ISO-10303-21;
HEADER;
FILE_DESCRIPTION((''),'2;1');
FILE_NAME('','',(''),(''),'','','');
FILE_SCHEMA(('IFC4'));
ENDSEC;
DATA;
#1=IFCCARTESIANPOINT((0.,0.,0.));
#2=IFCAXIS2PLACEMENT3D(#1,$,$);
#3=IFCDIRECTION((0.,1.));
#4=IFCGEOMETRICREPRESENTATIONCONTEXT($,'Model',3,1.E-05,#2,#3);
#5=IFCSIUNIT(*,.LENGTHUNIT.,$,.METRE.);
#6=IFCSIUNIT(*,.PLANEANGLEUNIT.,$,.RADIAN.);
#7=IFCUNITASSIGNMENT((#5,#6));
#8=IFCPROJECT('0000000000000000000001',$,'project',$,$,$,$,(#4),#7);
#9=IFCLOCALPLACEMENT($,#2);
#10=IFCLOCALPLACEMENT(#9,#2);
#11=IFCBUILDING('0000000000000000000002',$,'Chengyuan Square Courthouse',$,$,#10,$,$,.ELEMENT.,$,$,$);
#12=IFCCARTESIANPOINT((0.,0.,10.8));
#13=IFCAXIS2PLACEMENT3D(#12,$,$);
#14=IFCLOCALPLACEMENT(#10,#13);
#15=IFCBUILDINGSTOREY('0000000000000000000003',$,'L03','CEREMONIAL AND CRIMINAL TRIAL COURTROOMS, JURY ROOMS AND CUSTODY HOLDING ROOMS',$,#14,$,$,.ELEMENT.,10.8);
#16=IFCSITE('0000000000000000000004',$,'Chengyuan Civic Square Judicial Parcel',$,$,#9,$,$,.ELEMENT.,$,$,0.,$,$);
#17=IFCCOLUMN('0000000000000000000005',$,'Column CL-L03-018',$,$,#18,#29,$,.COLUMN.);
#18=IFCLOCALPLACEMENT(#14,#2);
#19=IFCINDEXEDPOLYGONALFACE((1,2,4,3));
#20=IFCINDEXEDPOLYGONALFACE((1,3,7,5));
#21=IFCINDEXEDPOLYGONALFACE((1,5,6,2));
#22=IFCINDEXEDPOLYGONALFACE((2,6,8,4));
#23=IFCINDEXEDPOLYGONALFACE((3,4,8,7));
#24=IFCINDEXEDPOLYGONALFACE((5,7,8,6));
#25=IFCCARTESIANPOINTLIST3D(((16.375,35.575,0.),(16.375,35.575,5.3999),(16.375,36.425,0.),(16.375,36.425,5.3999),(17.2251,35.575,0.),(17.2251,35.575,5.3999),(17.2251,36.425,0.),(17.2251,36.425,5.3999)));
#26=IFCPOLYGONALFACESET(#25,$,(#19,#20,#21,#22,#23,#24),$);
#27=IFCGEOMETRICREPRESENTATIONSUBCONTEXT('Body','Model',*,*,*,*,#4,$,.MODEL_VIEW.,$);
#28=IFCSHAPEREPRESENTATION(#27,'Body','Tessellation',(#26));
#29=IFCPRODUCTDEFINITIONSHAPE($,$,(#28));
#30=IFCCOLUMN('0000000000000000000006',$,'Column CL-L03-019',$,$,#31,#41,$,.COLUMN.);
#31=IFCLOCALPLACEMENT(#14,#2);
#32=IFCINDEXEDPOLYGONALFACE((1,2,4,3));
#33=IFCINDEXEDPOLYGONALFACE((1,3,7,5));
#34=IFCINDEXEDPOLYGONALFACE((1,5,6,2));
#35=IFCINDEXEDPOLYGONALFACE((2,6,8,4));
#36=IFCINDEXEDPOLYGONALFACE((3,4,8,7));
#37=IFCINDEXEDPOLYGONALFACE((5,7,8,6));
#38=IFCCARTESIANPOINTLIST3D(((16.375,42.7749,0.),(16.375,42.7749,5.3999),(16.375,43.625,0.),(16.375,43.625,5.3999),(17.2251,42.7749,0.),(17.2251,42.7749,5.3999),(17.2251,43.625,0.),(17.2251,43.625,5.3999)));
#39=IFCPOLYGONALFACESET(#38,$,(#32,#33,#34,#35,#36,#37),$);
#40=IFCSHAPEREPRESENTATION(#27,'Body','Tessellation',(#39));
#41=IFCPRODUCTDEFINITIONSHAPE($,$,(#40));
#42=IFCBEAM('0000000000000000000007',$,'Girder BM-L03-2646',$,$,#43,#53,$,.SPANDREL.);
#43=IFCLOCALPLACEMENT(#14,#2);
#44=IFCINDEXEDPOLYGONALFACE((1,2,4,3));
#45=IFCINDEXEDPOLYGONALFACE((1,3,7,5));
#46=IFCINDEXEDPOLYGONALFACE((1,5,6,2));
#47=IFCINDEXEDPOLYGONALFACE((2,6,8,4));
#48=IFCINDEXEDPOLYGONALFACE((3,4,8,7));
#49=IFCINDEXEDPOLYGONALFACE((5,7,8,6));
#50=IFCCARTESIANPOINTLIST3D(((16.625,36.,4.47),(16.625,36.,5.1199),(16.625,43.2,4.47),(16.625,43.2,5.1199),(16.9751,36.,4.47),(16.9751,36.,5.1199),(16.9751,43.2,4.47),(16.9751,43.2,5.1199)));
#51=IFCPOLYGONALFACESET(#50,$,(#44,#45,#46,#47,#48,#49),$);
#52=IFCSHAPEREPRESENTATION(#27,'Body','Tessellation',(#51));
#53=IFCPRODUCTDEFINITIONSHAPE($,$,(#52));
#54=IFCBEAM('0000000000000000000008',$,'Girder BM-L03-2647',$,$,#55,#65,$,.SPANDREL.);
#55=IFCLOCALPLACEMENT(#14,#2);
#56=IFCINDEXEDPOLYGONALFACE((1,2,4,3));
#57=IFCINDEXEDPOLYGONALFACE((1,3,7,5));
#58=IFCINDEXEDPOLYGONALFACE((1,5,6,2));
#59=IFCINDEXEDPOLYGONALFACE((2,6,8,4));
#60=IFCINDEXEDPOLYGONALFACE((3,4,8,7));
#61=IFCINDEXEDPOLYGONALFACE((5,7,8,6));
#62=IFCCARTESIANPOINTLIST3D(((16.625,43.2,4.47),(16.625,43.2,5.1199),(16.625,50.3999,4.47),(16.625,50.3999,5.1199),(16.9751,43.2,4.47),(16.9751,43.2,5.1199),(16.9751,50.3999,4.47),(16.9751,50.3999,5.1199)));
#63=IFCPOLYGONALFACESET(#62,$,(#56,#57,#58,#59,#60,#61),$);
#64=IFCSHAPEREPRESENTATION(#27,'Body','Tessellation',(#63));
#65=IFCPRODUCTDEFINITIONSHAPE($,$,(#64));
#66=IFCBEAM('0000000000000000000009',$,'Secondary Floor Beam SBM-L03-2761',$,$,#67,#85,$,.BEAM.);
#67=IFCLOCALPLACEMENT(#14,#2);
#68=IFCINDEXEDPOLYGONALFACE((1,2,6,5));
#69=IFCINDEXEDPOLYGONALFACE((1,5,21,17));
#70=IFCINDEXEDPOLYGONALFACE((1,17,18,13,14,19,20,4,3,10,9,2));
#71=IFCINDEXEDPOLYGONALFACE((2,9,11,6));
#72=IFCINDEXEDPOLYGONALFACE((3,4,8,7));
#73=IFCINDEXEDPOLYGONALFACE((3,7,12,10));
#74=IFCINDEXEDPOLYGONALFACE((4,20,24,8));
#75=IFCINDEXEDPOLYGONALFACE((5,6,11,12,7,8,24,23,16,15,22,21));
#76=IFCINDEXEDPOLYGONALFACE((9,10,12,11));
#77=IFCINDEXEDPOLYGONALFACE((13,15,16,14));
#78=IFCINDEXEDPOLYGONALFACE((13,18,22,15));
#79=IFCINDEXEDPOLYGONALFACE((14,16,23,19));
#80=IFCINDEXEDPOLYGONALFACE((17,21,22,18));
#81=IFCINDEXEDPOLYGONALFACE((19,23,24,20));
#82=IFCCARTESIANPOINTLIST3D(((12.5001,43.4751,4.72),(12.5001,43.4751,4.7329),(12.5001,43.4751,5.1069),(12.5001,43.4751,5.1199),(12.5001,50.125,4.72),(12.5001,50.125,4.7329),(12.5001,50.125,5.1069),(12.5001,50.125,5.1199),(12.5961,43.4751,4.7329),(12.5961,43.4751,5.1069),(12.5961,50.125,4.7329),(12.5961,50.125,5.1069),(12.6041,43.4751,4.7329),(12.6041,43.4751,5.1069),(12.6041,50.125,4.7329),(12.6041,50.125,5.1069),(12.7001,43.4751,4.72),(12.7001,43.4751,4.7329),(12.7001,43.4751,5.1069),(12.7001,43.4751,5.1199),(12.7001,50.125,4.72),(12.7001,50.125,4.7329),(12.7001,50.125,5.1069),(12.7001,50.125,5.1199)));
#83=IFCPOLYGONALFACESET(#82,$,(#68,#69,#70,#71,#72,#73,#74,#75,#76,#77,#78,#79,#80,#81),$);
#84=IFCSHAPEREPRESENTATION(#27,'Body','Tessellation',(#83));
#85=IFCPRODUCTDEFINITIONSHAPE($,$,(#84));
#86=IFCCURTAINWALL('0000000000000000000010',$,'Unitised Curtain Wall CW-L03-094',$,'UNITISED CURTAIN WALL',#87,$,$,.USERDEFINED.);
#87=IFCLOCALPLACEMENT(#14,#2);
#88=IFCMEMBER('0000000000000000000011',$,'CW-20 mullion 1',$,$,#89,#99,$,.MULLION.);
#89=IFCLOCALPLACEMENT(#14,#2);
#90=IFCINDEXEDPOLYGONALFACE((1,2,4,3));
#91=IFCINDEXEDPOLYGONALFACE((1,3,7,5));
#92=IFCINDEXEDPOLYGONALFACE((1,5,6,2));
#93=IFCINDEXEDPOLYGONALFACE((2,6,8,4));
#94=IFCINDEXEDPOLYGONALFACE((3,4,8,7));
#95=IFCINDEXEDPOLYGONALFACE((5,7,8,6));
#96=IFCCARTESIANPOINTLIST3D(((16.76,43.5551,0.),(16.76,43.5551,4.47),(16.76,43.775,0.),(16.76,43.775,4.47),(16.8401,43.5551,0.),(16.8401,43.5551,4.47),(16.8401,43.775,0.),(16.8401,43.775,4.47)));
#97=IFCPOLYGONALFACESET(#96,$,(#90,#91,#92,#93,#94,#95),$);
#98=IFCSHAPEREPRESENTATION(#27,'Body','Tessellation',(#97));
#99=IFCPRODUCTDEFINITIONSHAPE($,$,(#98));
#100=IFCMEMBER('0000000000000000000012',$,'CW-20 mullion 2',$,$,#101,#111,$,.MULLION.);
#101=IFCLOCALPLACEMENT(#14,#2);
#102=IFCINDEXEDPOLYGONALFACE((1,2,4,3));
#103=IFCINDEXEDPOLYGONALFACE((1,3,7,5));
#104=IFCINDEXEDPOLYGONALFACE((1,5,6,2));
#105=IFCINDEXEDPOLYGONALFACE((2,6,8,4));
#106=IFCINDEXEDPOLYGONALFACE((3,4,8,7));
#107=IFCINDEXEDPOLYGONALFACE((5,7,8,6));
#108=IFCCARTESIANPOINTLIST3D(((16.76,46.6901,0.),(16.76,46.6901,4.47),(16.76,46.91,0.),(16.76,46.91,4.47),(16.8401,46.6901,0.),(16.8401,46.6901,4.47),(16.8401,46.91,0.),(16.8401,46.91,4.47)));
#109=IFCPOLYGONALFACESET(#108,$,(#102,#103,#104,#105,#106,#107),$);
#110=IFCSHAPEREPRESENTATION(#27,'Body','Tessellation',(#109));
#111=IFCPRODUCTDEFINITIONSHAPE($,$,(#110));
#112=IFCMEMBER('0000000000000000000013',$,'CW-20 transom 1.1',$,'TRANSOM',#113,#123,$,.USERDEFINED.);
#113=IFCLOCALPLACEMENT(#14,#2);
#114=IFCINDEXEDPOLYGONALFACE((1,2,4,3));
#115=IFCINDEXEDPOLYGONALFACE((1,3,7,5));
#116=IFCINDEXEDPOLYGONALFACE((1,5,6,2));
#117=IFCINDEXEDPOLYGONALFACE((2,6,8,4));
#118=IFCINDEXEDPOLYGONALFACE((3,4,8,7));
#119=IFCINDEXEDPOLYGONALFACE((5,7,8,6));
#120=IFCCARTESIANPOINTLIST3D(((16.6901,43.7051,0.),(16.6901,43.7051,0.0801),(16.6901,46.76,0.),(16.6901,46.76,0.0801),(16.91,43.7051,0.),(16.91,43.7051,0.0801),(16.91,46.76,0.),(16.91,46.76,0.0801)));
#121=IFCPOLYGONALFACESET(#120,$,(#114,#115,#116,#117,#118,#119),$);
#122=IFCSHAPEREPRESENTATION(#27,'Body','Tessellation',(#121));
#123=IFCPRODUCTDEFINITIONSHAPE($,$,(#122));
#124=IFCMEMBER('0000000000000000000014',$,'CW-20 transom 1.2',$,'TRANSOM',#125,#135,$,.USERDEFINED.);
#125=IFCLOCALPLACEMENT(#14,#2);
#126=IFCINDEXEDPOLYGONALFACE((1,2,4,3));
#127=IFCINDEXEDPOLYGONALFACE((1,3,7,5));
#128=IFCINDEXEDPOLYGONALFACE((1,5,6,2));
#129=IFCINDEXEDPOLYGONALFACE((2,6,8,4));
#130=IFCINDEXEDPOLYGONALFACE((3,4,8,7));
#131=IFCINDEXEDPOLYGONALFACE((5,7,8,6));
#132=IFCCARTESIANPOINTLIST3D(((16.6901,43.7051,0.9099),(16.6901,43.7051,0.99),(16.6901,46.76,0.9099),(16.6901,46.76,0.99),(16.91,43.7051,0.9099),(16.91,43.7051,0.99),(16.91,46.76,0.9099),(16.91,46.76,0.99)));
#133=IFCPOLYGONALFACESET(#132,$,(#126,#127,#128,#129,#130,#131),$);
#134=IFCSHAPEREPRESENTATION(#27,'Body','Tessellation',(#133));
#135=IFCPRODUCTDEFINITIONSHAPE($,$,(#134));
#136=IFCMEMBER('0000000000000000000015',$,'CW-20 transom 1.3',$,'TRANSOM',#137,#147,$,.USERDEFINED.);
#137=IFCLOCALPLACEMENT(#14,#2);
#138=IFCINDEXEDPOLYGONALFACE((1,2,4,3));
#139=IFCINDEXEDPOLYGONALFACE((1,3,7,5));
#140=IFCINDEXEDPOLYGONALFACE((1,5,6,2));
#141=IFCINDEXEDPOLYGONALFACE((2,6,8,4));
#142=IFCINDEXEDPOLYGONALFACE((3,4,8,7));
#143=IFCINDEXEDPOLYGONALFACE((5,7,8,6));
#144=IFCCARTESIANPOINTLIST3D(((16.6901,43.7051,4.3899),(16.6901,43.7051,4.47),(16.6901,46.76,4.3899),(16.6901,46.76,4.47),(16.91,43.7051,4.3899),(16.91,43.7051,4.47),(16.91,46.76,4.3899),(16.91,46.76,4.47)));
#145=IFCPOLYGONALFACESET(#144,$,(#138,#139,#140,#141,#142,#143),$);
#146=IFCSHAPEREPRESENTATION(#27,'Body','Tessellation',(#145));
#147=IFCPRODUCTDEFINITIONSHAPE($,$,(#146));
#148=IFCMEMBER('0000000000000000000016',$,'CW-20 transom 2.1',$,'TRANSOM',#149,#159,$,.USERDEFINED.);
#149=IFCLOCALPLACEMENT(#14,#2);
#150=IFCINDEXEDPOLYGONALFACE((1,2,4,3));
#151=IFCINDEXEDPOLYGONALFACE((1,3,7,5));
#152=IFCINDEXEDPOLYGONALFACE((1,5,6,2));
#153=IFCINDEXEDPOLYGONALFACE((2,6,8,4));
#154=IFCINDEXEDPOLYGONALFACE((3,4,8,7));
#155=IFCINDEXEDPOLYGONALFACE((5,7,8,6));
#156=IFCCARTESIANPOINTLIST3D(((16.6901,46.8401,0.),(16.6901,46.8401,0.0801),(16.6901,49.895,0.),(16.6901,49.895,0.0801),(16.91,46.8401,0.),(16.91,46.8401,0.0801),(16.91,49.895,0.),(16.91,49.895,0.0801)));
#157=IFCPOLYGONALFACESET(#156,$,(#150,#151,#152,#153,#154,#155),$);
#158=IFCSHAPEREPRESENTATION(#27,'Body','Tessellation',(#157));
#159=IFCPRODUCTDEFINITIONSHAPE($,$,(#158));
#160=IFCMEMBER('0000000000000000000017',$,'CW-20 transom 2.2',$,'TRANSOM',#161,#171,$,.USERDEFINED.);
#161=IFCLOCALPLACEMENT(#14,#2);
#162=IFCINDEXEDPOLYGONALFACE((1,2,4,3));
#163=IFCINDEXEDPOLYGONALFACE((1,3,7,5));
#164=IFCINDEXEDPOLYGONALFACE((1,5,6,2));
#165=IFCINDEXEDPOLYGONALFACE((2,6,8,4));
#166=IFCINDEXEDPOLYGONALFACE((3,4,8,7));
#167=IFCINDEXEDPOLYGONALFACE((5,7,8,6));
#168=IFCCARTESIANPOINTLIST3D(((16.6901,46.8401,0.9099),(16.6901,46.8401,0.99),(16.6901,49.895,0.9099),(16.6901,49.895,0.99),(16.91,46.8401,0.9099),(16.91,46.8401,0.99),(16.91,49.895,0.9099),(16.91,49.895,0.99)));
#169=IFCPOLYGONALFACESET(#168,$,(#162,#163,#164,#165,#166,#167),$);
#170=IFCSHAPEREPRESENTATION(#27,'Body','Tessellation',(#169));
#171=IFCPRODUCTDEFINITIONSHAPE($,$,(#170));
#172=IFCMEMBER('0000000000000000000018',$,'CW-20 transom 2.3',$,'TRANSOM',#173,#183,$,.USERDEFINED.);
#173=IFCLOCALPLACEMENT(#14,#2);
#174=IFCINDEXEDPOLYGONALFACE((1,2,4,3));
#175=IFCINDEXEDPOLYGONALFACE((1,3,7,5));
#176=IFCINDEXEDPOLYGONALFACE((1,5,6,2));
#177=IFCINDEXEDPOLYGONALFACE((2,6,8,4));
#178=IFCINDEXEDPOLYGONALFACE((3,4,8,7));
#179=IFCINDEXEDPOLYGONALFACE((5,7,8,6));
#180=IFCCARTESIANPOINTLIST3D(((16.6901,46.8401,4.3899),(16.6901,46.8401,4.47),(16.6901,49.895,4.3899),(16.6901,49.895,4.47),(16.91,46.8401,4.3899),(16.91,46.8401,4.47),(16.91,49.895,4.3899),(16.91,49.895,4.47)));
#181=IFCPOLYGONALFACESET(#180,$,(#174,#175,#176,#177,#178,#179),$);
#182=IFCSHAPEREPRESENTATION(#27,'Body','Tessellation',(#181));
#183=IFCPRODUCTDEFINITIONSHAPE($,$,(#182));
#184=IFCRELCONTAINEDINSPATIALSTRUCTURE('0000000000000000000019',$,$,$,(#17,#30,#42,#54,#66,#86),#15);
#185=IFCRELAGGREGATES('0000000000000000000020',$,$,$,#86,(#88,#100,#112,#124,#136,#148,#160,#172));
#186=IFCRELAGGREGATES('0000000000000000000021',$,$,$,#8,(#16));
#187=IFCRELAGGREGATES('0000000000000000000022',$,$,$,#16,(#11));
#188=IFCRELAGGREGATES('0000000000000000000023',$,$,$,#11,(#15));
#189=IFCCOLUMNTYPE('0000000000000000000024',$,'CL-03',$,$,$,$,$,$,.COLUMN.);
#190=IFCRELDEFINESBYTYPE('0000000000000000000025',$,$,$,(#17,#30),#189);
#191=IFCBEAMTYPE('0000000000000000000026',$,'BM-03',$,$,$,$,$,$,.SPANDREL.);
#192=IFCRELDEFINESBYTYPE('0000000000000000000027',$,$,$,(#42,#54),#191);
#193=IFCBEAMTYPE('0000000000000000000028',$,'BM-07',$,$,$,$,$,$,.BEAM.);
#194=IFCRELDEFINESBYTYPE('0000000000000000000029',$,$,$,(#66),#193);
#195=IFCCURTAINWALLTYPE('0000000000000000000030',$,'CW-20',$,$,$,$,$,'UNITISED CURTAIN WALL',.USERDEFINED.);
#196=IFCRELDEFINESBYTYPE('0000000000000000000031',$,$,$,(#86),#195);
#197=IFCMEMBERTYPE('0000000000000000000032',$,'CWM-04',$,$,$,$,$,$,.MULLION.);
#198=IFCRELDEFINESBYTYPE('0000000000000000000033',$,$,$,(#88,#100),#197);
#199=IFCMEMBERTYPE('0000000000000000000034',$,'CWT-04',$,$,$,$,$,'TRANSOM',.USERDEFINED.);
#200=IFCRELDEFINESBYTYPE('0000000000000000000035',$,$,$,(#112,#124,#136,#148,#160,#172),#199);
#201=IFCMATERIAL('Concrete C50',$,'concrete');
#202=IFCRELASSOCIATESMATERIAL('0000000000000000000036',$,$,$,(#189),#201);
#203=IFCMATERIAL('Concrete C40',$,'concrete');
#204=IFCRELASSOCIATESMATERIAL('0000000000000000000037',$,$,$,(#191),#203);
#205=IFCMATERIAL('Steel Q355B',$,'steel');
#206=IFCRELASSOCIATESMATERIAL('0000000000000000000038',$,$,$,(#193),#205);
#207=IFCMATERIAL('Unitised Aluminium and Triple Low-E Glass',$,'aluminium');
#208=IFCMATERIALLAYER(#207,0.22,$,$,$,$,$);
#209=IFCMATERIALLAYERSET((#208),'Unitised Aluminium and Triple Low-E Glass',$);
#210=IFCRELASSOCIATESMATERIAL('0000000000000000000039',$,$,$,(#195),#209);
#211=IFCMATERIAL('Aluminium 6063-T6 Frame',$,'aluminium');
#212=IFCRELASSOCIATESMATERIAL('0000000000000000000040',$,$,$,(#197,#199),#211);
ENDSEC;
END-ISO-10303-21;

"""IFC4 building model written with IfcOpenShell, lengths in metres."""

from ifc_helpers import new_model, si_unit, direction, frame, origin, origin_2d, place, context, subcontext, project, spatial, rectangle, i_section, extrude, material, layer, layer_set, material_profile, profile_set, type_object, element, aggregate, save


model = new_model("IFC4")

# Units and contexts
model_context = context("Model", 3, precision=1e-05, world=origin(), true_north=direction((0.0, 1.0)))
body_context = subcontext(model_context, "Body", "Model", "MODEL_VIEW")
ifc_project = project(units=[si_unit("LENGTHUNIT", "METRE"), si_unit("PLANEANGLEUNIT", "RADIAN")], contexts=[model_context])

# Site, building, storey
site_placement = place(None, origin())
site = spatial("IfcSite", under=ifc_project, at=site_placement, Name="Chengyuan Civic Square Judicial Parcel", CompositionType="ELEMENT", RefElevation=0.0)
building_placement = place(site_placement, origin())
building = spatial("IfcBuilding", under=site, at=building_placement, Name="Chengyuan Square Courthouse", CompositionType="ELEMENT")
storey_placement = place(building_placement, frame((0.0, 0.0, 10.8)))
storey = spatial("IfcBuildingStorey", under=building, at=storey_placement, Name="L03", Description="CEREMONIAL AND CRIMINAL TRIAL COURTROOMS, JURY ROOMS AND CUSTODY HOLDING ROOMS", CompositionType="ELEMENT", Elevation=10.8)

# Columns
ifc_material_1 = material(Name="Concrete C50", Category="concrete")
ifc_material_profile_1 = material_profile(ifc_material_1, rectangle(XDim=0.8501, YDim=0.8501, at=origin_2d()), Name="RC-COL-850x850")
ifc_profile_set_1 = profile_set([ifc_material_profile_1], Name="Concrete C50")
column_type = type_object("IfcColumnType", Name="CL-03", PredefinedType="COLUMN", material=ifc_profile_set_1)
for number, where, z_axis, x_axis, name in (
    (1, (16.8, 36.0, 0.0), (0.0, 0.0, 1.0), (1.0, 0.0, 0.0), "Column CL-L03-018"),
    (2, (16.8, 43.2, 0.0), (0.0, 0.0, 1.0), (1.0, 0.0, 0.0), "Column CL-L03-019"),
):
    element("IfcColumn", number, at=place(storey_placement, frame(where, z_axis=z_axis, x_axis=x_axis)), inside=storey, type_object=column_type, Name=name, PredefinedType="COLUMN", context=body_context, shape_type="SweptSolid", body=[
        extrude(rectangle(XDim=0.8501, YDim=0.8501, at=origin_2d()), origin(), (0.0, 0.0, 1.0), 5.3999),
    ])

# Beams
ifc_material_2 = material(Name="Concrete C40", Category="concrete")
ifc_material_profile_2 = material_profile(ifc_material_2, rectangle(XDim=0.3501, YDim=0.6499, at=origin_2d()), Name="RC-BM-350x650")
ifc_profile_set_2 = profile_set([ifc_material_profile_2], Name="Concrete C40")
beam_type_1 = type_object("IfcBeamType", Name="BM-03", PredefinedType="SPANDREL", material=ifc_profile_set_2)
for number, where, z_axis, x_axis, name in (
    (3, (16.8, 36.0, 4.7949), (0.0, 1.0, 0.0), (-1.0, 0.0, 0.0), "Girder BM-L03-2646"),
    (4, (16.8, 43.2, 4.7949), (0.0, 1.0, 0.0), (-1.0, 0.0, 0.0), "Girder BM-L03-2647"),
):
    element("IfcBeam", number, at=place(storey_placement, frame(where, z_axis=z_axis, x_axis=x_axis)), inside=storey, type_object=beam_type_1, Name=name, PredefinedType="SPANDREL", context=body_context, shape_type="SweptSolid", body=[
        extrude(rectangle(XDim=0.3501, YDim=0.6499, at=origin_2d()), origin(), (0.0, 0.0, 1.0), 7.2),
    ])
ifc_material_3 = material(Name="Steel Q355B", Category="steel")
ifc_material_profile_3 = material_profile(ifc_material_3, i_section(OverallWidth=0.2, OverallDepth=0.3999, WebThickness=0.0081, FlangeThickness=0.0129, at=origin_2d()), Name="HN 400x200x8x13")
ifc_profile_set_3 = profile_set([ifc_material_profile_3], Name="Steel Q355B")
beam_type_2 = type_object("IfcBeamType", Name="BM-07", PredefinedType="BEAM", material=ifc_profile_set_3)
beam_placement = place(storey_placement, frame((12.6001, 43.4751, 4.9199), z_axis=(0.0, 1.0, 0.0), x_axis=(-1.0, 0.0, 0.0)))
element("IfcBeam", 5, at=beam_placement, inside=storey, type_object=beam_type_2, Name="Secondary Floor Beam SBM-L03-2761", PredefinedType="BEAM", context=body_context, shape_type="SweptSolid", body=[
    extrude(i_section(OverallWidth=0.2, OverallDepth=0.3999, WebThickness=0.0081, FlangeThickness=0.0129, at=origin_2d()), origin(), (0.0, 0.0, 1.0), 6.6499),
])

# Curtain wall, members
ifc_material_4 = material(Name="Unitised Aluminium and Triple Low-E Glass", Category="aluminium")
ifc_layer_1 = layer(ifc_material_4, 0.22)
ifc_layer_set_1 = layer_set([ifc_layer_1], Name="Unitised Aluminium and Triple Low-E Glass")
curtain_wall_type = type_object("IfcCurtainWallType", Name="CW-20", ElementType="UNITISED CURTAIN WALL", PredefinedType="USERDEFINED", material=ifc_layer_set_1)
curtain_wall_placement = place(storey_placement, origin())
curtain_wall = element("IfcCurtainWall", 6, at=curtain_wall_placement, inside=storey, type_object=curtain_wall_type, Name="Unitised Curtain Wall CW-L03-094", ObjectType="UNITISED CURTAIN WALL", PredefinedType="USERDEFINED")
ifc_material_5 = material(Name="Aluminium 6063-T6 Frame", Category="aluminium")
ifc_material_profile_4 = material_profile(ifc_material_5, rectangle(XDim=0.0801, YDim=0.22, at=origin_2d()), Name="CW-MUL-80x220")
ifc_profile_set_4 = profile_set([ifc_material_profile_4], Name="Aluminium 6063-T6 Frame")
member_type_1 = type_object("IfcMemberType", Name="CWM-04", PredefinedType="MULLION", material=ifc_profile_set_4)
member_1_placement = place(storey_placement, frame((16.8, 43.665, 0.0), z_axis=(0.0, 0.0, 1.0), x_axis=(-1.0, 0.0, 0.0)))
member_1 = element("IfcMember", 7, at=member_1_placement, type_object=member_type_1, Name="CW-20 mullion 1", PredefinedType="MULLION", context=body_context, shape_type="SweptSolid", body=[
    extrude(rectangle(XDim=0.0801, YDim=0.22, at=origin_2d()), origin(), (0.0, 0.0, 1.0), 4.47),
])
member_2_placement = place(storey_placement, frame((16.8, 46.8, 0.0), z_axis=(0.0, 0.0, 1.0), x_axis=(-1.0, 0.0, 0.0)))
member_2 = element("IfcMember", 8, at=member_2_placement, type_object=member_type_1, Name="CW-20 mullion 2", PredefinedType="MULLION", context=body_context, shape_type="SweptSolid", body=[
    extrude(rectangle(XDim=0.0801, YDim=0.22, at=origin_2d()), origin(), (0.0, 0.0, 1.0), 4.47),
])
ifc_material_profile_5 = material_profile(ifc_material_5, rectangle(XDim=0.22, YDim=0.0801, at=origin_2d()), Name="CW-TRN-80x180")
ifc_profile_set_5 = profile_set([ifc_material_profile_5], Name="Aluminium 6063-T6 Frame")
member_type_2 = type_object("IfcMemberType", Name="CWT-04", ElementType="TRANSOM", PredefinedType="USERDEFINED", material=ifc_profile_set_5)
member_3_placement = place(storey_placement, frame((16.8, 43.7051, 0.04), z_axis=(0.0, 1.0, 0.0), x_axis=(-1.0, 0.0, 0.0)))
member_3 = element("IfcMember", 9, at=member_3_placement, type_object=member_type_2, Name="CW-20 transom 1.1", ObjectType="TRANSOM", PredefinedType="USERDEFINED", context=body_context, shape_type="SweptSolid", body=[
    extrude(rectangle(XDim=0.22, YDim=0.0801, at=origin_2d()), origin(), (0.0, 0.0, 1.0), 3.0549),
])
member_4_placement = place(storey_placement, frame((16.8, 43.7051, 0.95), z_axis=(0.0, 1.0, 0.0), x_axis=(-1.0, 0.0, 0.0)))
member_4 = element("IfcMember", 10, at=member_4_placement, type_object=member_type_2, Name="CW-20 transom 1.2", ObjectType="TRANSOM", PredefinedType="USERDEFINED", context=body_context, shape_type="SweptSolid", body=[
    extrude(rectangle(XDim=0.22, YDim=0.0801, at=origin_2d()), origin(), (0.0, 0.0, 1.0), 3.0549),
])
member_5_placement = place(storey_placement, frame((16.8, 43.7051, 4.4299), z_axis=(0.0, 1.0, 0.0), x_axis=(-1.0, 0.0, 0.0)))
member_5 = element("IfcMember", 11, at=member_5_placement, type_object=member_type_2, Name="CW-20 transom 1.3", ObjectType="TRANSOM", PredefinedType="USERDEFINED", context=body_context, shape_type="SweptSolid", body=[
    extrude(rectangle(XDim=0.22, YDim=0.0801, at=origin_2d()), origin(), (0.0, 0.0, 1.0), 3.0549),
])
member_6_placement = place(storey_placement, frame((16.8, 46.8401, 0.04), z_axis=(0.0, 1.0, 0.0), x_axis=(-1.0, 0.0, 0.0)))
member_6 = element("IfcMember", 12, at=member_6_placement, type_object=member_type_2, Name="CW-20 transom 2.1", ObjectType="TRANSOM", PredefinedType="USERDEFINED", context=body_context, shape_type="SweptSolid", body=[
    extrude(rectangle(XDim=0.22, YDim=0.0801, at=origin_2d()), origin(), (0.0, 0.0, 1.0), 3.0549),
])
member_7_placement = place(storey_placement, frame((16.8, 46.8401, 0.95), z_axis=(0.0, 1.0, 0.0), x_axis=(-1.0, 0.0, 0.0)))
member_7 = element("IfcMember", 13, at=member_7_placement, type_object=member_type_2, Name="CW-20 transom 2.2", ObjectType="TRANSOM", PredefinedType="USERDEFINED", context=body_context, shape_type="SweptSolid", body=[
    extrude(rectangle(XDim=0.22, YDim=0.0801, at=origin_2d()), origin(), (0.0, 0.0, 1.0), 3.0549),
])
member_8_placement = place(storey_placement, frame((16.8, 46.8401, 4.4299), z_axis=(0.0, 1.0, 0.0), x_axis=(-1.0, 0.0, 0.0)))
member_8 = element("IfcMember", 14, at=member_8_placement, type_object=member_type_2, Name="CW-20 transom 2.3", ObjectType="TRANSOM", PredefinedType="USERDEFINED", context=body_context, shape_type="SweptSolid", body=[
    extrude(rectangle(XDim=0.22, YDim=0.0801, at=origin_2d()), origin(), (0.0, 0.0, 1.0), 3.0549),
])
aggregate(curtain_wall, [member_1, member_2, member_3, member_4, member_5, member_6, member_7, member_8])

save(model, "model.ifc")
